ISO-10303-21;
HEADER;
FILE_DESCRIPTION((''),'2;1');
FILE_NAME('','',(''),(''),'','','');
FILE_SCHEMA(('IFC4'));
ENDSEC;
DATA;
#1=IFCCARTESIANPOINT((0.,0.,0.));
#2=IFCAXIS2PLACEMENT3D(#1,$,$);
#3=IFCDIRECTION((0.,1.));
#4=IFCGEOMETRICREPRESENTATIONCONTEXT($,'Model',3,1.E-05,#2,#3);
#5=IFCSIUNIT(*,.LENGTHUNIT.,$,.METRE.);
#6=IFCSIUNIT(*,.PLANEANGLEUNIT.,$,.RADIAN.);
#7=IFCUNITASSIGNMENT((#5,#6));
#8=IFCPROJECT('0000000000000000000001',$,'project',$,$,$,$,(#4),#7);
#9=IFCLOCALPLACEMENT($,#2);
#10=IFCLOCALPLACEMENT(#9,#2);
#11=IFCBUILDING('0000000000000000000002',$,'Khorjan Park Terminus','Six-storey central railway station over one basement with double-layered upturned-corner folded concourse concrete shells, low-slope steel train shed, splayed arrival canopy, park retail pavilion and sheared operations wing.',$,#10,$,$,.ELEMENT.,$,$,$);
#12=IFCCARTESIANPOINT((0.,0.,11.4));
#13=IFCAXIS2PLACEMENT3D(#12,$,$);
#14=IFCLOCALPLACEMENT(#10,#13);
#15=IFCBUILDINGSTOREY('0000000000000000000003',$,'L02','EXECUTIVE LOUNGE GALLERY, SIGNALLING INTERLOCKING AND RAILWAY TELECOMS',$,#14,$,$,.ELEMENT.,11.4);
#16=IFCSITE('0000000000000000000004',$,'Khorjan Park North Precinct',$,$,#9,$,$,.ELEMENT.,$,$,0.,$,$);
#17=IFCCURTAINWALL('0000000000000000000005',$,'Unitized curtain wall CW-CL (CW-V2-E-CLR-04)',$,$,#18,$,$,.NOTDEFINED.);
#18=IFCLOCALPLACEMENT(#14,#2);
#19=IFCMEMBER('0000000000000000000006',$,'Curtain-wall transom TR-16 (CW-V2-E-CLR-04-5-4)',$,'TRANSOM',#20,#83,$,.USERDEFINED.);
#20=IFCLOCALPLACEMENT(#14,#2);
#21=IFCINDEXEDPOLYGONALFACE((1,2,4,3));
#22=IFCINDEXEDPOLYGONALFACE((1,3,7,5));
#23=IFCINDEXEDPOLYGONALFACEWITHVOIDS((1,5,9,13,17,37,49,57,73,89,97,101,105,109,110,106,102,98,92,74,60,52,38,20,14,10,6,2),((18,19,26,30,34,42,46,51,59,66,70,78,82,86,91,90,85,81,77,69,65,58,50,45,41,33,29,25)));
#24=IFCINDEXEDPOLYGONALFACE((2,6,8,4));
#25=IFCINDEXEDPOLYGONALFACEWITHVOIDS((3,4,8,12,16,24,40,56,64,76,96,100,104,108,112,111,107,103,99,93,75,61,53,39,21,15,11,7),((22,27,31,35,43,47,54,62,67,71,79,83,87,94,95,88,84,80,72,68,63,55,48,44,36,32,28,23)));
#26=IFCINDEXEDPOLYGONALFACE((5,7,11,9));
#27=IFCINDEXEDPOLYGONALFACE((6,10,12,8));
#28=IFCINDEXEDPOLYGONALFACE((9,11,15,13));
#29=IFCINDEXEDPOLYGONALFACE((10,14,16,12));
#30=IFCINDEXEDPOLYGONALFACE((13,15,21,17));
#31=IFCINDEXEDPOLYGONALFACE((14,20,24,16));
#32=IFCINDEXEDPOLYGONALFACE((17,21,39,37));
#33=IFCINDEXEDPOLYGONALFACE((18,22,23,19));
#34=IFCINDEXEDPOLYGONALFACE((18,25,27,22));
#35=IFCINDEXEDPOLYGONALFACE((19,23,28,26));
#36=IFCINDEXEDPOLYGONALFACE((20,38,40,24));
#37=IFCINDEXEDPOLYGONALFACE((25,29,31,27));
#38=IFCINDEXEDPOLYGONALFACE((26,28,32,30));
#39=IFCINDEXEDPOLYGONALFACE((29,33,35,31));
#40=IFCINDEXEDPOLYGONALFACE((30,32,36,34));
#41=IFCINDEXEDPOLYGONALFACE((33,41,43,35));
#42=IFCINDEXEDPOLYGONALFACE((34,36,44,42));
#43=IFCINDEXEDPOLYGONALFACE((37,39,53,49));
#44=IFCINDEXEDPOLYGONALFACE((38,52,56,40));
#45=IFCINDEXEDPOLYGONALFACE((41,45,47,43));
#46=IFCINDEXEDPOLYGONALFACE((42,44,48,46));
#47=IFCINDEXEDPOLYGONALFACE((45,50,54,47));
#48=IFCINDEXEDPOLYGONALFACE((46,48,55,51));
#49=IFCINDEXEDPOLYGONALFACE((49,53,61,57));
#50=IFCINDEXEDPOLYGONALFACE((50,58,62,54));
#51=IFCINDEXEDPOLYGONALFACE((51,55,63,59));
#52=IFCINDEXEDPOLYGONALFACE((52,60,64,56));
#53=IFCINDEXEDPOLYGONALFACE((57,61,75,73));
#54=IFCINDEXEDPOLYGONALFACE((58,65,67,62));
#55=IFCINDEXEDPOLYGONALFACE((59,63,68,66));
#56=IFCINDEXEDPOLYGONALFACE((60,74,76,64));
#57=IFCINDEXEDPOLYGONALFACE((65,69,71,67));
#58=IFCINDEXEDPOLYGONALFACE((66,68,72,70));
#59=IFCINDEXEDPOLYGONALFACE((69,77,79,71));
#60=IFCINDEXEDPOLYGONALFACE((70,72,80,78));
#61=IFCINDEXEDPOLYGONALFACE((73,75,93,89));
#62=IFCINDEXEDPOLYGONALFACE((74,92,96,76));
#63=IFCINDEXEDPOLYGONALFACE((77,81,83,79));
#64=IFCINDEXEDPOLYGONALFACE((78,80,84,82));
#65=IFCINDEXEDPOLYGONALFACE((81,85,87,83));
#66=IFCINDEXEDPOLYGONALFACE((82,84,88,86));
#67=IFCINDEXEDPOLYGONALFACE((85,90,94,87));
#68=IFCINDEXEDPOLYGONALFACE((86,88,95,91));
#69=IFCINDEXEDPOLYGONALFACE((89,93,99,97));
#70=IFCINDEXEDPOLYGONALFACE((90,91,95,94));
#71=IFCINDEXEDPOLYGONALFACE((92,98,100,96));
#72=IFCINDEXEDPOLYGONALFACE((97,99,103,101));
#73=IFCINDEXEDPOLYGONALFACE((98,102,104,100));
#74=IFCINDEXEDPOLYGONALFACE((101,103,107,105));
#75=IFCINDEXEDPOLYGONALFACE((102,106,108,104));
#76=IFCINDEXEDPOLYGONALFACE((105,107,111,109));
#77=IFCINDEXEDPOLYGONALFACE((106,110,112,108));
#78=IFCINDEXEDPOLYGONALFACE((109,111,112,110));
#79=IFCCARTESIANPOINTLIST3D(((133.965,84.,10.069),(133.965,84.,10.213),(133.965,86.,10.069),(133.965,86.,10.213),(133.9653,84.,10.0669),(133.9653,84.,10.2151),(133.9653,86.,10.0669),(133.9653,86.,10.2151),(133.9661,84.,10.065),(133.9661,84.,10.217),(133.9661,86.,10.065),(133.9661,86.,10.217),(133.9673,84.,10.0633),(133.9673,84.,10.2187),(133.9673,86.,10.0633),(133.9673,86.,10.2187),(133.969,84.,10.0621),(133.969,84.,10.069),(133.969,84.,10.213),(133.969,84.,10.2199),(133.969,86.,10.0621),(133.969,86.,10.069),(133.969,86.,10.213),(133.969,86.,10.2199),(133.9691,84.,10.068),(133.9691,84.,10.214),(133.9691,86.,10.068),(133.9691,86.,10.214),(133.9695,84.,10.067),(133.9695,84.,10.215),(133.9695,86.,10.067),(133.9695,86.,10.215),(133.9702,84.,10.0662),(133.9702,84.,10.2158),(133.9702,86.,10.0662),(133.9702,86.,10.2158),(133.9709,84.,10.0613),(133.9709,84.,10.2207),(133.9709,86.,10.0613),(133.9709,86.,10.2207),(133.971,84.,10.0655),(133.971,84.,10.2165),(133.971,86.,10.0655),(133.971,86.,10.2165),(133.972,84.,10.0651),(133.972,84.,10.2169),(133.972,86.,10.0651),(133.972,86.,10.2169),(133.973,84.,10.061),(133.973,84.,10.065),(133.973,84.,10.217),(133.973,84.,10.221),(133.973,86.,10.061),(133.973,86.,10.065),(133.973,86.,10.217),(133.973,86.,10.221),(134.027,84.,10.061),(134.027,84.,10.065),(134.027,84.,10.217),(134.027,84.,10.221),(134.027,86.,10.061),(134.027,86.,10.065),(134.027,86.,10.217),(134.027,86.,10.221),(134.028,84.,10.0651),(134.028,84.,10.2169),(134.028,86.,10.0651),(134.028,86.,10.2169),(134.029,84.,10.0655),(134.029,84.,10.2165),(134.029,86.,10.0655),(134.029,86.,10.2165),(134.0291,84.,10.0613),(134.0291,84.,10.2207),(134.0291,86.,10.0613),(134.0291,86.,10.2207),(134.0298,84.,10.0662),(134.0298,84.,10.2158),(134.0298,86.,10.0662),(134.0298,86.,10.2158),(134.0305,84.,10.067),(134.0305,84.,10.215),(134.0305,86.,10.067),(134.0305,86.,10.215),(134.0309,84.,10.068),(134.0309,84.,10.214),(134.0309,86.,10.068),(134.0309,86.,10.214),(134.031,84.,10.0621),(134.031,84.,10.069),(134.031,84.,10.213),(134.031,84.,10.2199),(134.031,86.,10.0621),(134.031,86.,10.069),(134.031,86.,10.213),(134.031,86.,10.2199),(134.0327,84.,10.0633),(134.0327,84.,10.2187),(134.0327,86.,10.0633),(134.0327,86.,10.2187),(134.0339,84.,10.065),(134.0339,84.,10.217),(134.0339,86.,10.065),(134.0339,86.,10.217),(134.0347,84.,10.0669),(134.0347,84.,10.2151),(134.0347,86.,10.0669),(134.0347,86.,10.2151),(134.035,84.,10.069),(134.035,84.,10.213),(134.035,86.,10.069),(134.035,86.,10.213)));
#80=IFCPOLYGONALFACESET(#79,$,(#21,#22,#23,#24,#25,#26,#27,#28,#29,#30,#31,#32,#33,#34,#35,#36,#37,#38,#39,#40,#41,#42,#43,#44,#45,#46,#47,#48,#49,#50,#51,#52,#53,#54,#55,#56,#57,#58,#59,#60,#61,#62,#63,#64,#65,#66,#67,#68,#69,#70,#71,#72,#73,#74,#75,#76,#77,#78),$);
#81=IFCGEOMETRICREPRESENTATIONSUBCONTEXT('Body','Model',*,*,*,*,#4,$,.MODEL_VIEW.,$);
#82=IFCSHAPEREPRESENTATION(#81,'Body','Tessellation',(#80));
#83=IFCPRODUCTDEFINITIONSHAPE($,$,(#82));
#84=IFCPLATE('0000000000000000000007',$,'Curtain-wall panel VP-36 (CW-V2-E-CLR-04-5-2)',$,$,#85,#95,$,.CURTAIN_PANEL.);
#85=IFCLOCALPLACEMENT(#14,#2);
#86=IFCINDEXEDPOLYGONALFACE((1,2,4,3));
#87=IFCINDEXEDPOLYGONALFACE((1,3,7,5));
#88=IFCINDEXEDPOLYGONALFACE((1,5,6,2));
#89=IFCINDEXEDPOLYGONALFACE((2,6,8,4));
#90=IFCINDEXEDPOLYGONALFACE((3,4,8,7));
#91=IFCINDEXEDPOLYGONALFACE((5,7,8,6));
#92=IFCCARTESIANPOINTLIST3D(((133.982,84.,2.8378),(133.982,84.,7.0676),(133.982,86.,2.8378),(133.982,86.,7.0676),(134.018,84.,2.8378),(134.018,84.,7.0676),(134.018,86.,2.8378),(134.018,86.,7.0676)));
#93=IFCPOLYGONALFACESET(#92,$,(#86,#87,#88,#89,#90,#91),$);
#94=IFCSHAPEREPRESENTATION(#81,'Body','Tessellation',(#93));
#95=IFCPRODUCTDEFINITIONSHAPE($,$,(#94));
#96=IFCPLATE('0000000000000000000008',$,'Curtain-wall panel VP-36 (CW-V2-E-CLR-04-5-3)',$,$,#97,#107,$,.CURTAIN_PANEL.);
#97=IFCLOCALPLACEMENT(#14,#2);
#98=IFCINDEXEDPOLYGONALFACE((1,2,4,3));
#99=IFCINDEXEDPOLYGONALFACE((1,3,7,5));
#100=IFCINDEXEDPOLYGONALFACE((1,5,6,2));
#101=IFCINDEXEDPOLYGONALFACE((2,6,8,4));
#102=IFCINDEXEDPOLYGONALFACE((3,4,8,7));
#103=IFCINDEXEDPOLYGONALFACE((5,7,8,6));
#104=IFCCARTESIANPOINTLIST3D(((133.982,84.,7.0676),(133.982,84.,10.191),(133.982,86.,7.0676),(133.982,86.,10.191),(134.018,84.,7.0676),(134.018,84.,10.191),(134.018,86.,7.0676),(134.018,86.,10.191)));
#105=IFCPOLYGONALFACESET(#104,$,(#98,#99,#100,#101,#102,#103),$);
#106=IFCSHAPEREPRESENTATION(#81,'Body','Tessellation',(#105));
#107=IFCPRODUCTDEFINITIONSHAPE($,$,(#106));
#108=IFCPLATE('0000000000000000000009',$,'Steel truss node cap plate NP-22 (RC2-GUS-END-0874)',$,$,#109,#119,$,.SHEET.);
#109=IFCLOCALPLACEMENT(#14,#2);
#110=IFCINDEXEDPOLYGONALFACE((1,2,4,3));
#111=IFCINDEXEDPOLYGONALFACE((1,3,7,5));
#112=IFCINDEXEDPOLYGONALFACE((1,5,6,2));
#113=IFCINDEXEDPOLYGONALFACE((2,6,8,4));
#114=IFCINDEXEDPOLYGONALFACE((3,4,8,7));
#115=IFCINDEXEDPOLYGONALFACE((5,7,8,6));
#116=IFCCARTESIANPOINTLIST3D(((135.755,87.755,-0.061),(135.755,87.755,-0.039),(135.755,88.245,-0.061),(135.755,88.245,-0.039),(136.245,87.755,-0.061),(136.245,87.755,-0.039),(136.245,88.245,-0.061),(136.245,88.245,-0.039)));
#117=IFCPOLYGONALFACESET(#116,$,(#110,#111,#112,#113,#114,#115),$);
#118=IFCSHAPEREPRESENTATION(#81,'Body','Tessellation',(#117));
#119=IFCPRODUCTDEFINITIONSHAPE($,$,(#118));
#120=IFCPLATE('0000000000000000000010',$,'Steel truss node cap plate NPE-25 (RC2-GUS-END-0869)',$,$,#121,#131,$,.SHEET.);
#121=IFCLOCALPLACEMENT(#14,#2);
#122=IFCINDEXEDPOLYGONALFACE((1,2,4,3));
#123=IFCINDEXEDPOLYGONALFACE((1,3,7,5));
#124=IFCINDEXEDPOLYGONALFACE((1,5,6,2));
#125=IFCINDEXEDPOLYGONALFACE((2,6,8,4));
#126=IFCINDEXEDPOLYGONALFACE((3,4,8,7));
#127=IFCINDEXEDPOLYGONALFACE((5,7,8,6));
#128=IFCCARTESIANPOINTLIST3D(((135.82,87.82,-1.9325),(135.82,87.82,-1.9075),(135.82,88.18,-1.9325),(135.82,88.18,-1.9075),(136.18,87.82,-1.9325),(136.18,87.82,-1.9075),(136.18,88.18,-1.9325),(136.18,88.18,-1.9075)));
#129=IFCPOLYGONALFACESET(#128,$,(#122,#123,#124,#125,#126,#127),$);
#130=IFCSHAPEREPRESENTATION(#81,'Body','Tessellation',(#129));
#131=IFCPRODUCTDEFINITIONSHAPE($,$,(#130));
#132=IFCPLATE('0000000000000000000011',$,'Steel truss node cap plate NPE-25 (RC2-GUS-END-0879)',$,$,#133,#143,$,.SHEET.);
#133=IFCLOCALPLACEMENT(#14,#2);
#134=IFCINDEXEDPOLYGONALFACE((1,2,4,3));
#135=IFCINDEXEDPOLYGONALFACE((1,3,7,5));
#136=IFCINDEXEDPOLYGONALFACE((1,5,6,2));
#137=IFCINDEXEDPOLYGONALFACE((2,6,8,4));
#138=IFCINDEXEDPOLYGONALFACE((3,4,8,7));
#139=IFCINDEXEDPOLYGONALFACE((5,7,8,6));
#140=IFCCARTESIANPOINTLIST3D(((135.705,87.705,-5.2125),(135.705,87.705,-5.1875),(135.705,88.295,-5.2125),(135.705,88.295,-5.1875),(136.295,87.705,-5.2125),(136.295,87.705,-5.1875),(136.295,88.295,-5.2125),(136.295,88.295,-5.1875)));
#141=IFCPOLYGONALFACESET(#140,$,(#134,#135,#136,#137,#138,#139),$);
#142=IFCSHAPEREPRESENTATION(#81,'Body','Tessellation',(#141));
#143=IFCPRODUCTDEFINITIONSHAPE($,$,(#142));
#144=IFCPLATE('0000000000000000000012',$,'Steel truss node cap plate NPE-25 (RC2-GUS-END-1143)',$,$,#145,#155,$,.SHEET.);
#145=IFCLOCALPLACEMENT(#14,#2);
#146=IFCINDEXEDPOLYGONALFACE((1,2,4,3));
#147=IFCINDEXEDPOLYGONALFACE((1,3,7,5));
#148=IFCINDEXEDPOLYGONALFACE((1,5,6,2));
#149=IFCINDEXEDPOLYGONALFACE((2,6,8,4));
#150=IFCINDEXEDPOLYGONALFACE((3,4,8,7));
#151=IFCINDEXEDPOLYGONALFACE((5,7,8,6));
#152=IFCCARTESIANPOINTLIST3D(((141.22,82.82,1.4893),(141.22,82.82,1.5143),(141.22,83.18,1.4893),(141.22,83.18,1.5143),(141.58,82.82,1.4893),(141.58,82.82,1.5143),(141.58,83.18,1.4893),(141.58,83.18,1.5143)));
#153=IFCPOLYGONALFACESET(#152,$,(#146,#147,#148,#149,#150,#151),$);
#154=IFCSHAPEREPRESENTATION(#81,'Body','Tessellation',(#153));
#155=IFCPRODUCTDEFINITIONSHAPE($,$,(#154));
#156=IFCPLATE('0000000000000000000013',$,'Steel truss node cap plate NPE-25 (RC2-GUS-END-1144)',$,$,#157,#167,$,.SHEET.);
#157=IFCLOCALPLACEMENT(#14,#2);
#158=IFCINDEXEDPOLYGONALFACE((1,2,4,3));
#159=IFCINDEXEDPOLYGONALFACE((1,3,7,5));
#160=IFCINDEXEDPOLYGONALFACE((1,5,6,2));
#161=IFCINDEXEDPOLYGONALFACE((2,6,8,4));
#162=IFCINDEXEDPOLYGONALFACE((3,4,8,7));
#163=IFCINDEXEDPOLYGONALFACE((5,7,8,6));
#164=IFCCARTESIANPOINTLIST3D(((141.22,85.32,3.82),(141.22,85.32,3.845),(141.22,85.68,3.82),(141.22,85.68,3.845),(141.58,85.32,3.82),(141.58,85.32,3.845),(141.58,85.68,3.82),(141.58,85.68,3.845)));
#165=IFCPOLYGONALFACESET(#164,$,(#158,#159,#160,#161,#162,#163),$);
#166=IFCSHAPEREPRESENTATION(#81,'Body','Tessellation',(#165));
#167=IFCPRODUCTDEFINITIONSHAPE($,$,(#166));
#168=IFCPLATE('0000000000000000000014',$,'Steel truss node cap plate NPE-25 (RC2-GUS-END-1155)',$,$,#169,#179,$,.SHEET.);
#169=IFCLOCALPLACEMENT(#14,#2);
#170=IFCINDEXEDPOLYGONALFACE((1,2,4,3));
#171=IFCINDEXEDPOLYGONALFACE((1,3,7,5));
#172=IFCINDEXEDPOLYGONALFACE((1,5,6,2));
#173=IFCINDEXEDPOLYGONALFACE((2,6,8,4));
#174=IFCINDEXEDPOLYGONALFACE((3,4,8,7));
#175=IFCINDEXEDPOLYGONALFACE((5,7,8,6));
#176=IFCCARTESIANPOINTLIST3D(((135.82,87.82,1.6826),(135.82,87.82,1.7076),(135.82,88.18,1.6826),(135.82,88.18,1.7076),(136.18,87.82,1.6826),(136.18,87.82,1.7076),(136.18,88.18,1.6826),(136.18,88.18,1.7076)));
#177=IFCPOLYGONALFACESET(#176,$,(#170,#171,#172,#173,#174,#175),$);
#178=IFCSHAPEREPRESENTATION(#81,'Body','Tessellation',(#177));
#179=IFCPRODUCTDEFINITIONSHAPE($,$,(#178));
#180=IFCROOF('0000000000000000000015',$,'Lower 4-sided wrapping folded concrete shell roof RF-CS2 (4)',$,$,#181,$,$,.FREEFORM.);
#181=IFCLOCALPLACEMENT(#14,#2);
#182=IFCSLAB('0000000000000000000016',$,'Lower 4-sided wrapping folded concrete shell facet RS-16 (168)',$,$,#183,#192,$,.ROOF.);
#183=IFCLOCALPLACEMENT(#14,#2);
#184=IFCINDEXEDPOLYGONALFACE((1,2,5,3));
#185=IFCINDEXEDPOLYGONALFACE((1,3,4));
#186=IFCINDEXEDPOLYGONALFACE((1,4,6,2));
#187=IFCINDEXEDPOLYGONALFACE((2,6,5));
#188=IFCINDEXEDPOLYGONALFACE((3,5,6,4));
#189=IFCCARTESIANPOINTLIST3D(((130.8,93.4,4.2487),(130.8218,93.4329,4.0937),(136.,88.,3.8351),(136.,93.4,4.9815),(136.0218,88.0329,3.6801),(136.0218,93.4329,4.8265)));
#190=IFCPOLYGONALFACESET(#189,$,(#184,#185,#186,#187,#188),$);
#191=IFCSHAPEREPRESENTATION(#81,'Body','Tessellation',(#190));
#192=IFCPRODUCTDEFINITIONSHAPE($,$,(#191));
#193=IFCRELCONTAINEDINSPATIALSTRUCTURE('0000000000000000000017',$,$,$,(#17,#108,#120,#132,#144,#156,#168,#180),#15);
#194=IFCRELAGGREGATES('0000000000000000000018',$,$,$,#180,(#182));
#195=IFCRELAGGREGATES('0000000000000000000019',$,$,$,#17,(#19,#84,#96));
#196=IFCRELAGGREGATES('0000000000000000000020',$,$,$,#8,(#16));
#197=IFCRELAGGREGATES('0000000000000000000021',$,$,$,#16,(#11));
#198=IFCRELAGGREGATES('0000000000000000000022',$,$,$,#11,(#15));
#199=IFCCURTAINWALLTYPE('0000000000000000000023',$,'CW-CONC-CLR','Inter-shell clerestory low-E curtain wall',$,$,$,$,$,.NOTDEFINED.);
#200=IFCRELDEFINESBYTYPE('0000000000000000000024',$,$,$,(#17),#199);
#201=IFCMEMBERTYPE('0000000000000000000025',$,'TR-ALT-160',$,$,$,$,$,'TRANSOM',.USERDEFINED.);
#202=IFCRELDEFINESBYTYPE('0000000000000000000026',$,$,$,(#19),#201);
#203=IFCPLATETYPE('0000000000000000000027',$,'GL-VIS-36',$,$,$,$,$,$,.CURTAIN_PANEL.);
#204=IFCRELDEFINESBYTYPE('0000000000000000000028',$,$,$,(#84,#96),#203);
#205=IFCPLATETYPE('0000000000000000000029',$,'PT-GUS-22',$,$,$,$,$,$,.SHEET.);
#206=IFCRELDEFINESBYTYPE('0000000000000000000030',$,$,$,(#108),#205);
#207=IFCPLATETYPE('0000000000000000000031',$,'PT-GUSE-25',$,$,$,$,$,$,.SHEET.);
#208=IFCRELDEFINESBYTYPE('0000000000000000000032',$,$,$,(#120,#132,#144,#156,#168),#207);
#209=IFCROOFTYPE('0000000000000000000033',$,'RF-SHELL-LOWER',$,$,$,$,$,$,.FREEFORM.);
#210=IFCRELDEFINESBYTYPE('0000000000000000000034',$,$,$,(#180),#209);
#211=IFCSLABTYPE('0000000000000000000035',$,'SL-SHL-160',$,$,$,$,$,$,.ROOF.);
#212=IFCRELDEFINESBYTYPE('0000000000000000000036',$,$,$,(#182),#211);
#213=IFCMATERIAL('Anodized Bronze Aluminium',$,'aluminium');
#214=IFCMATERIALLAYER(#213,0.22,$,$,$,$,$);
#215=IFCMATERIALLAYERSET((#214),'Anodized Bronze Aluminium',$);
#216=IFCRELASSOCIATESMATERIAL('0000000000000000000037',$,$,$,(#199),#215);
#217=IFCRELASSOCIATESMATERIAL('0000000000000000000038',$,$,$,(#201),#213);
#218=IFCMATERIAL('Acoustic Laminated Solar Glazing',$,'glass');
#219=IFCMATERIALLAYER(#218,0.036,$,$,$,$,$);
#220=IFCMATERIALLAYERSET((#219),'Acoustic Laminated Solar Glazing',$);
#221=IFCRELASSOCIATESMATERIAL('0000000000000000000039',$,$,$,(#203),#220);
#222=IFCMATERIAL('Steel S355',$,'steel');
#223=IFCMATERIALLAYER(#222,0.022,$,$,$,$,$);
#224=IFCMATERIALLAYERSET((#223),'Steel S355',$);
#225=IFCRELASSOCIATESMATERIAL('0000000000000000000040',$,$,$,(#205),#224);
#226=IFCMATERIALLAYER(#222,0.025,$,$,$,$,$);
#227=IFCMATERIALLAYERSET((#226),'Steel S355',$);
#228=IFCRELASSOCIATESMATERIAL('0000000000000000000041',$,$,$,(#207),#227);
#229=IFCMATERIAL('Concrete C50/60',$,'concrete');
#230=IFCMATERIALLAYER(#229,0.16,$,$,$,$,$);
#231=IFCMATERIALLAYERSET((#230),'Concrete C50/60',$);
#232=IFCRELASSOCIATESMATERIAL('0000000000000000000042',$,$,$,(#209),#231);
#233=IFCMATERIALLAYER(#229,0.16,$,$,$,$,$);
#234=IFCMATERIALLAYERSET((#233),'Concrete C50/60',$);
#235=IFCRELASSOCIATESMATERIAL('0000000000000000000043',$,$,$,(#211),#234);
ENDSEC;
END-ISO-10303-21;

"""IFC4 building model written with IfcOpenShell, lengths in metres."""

from ifc_helpers import new_model, si_unit, direction, frame, origin, origin_2d, place, context, subcontext, project, spatial, polyline, rectangle, hollow_rectangle, outline, extrude, material, layer, layer_set, material_profile, profile_set, type_object, element, aggregate, save


model = new_model("IFC4")

# Units and contexts
model_context = context("Model", 3, precision=1e-05, world=origin(), true_north=direction((0.0, 1.0)))
body_context = subcontext(model_context, "Body", "Model", "MODEL_VIEW")
ifc_project = project(units=[si_unit("LENGTHUNIT", "METRE"), si_unit("PLANEANGLEUNIT", "RADIAN")], contexts=[model_context])

# Site, building, storey
site_placement = place(None, origin())
site = spatial("IfcSite", under=ifc_project, at=site_placement, Name="Khorjan Park North Precinct", CompositionType="ELEMENT", RefElevation=0.0)
building_placement = place(site_placement, origin())
building = spatial("IfcBuilding", under=site, at=building_placement, Name="Khorjan Park Terminus", Description="Six-storey central railway station over one basement with double-layered upturned-corner folded concourse concrete shells, low-slope steel train shed, splayed arrival canopy, park retail pavilion and sheared operations wing.", CompositionType="ELEMENT")
storey_placement = place(building_placement, frame((0.0, 0.0, 11.4)))
storey = spatial("IfcBuildingStorey", under=building, at=storey_placement, Name="L02", Description="EXECUTIVE LOUNGE GALLERY, SIGNALLING INTERLOCKING AND RAILWAY TELECOMS", CompositionType="ELEMENT", Elevation=11.4)

# Shared definitions
ifc_material_1 = material(Name="Concrete C50/60", Category="concrete")

# Shared definitions
ifc_material_2 = material(Name="Steel S355", Category="steel")

# Curtain wall
ifc_material_3 = material(Name="Anodized Bronze Aluminium", Category="aluminium")
ifc_layer_1 = layer(ifc_material_3, 0.22)
ifc_layer_set_1 = layer_set([ifc_layer_1], Name="Anodized Bronze Aluminium")
curtain_wall_type = type_object("IfcCurtainWallType", Name="CW-CONC-CLR", Description="Inter-shell clerestory low-E curtain wall", PredefinedType="NOTDEFINED", material=ifc_layer_set_1)
curtain_wall_1_placement = place(storey_placement, origin())
curtain_wall_1 = element("IfcCurtainWall", 1, at=curtain_wall_1_placement, inside=storey, type_object=curtain_wall_type, Name="Unitized curtain wall CW-CL (CW-V2-E-CLR-04)", PredefinedType="NOTDEFINED")

# Member
ifc_material_profile_1 = material_profile(ifc_material_3, hollow_rectangle(XDim=0.07, YDim=0.16, WallThickness=0.004, InnerFilletRadius=0.004, OuterFilletRadius=0.008, at=origin_2d()), Name="ALT 70x160x4")
ifc_profile_set_1 = profile_set([ifc_material_profile_1], Name="Anodized Bronze Aluminium")
member_type_1 = type_object("IfcMemberType", Name="TR-ALT-160", ElementType="TRANSOM", PredefinedType="USERDEFINED", material=ifc_profile_set_1)
member_1_placement = place(storey_placement, frame((134.0, 84.0, 10.141), z_axis=(0.0, 1.0, 0.0), x_axis=(-1.0, 0.0, 0.0)))
member_1 = element("IfcMember", 2, at=member_1_placement, type_object=member_type_1, Name="Curtain-wall transom TR-16 (CW-V2-E-CLR-04-5-4)", ObjectType="TRANSOM", PredefinedType="USERDEFINED", context=body_context, shape_type="SweptSolid", body=[
    extrude(hollow_rectangle(XDim=0.07, YDim=0.16, WallThickness=0.004, InnerFilletRadius=0.004, OuterFilletRadius=0.008, at=origin_2d()), origin(), (0.0, 0.0, 1.0), 2.0),
])

# Plates
ifc_material_4 = material(Name="Acoustic Laminated Solar Glazing", Category="glass")
ifc_layer_2 = layer(ifc_material_4, 0.036)
ifc_layer_set_2 = layer_set([ifc_layer_2], Name="Acoustic Laminated Solar Glazing")
plate_type_1 = type_object("IfcPlateType", Name="GL-VIS-36", PredefinedType="CURTAIN_PANEL", material=ifc_layer_set_2)
plate_1_placement = place(storey_placement, frame((134.0, 85.0, 2.8378), z_axis=(0.0, 0.0, 1.0), x_axis=(0.0, 1.0, 0.0)))
plate_1 = element("IfcPlate", 3, at=plate_1_placement, type_object=plate_type_1, Name="Curtain-wall panel VP-36 (CW-V2-E-CLR-04-5-2)", PredefinedType="CURTAIN_PANEL", context=body_context, shape_type="SweptSolid", body=[
    extrude(rectangle(XDim=2.0, YDim=0.036, at=origin_2d()), origin(), (0.0, 0.0, 1.0), 4.2298),
])
plate_2_placement = place(storey_placement, frame((134.0, 85.0, 7.0676), z_axis=(0.0, 0.0, 1.0), x_axis=(0.0, 1.0, 0.0)))
plate_2 = element("IfcPlate", 4, at=plate_2_placement, type_object=plate_type_1, Name="Curtain-wall panel VP-36 (CW-V2-E-CLR-04-5-3)", PredefinedType="CURTAIN_PANEL", context=body_context, shape_type="SweptSolid", body=[
    extrude(rectangle(XDim=2.0, YDim=0.036, at=origin_2d()), origin(), (0.0, 0.0, 1.0), 3.1234),
])

# Plates
ifc_layer_3 = layer(ifc_material_2, 0.022)
ifc_layer_set_3 = layer_set([ifc_layer_3], Name="Steel S355")
plate_type_2 = type_object("IfcPlateType", Name="PT-GUS-22", PredefinedType="SHEET", material=ifc_layer_set_3)
plate_3_placement = place(storey_placement, frame((136.0, 88.0, -0.061), z_axis=(0.0, 0.0, 1.0), x_axis=(1.0, 0.0, 0.0)))
element("IfcPlate", 5, at=plate_3_placement, inside=storey, type_object=plate_type_2, Name="Steel truss node cap plate NP-22 (RC2-GUS-END-0874)", PredefinedType="SHEET", context=body_context, shape_type="SweptSolid", body=[
    extrude(rectangle(XDim=0.49, YDim=0.49, at=origin_2d()), origin(), (0.0, 0.0, 1.0), 0.022),
])
ifc_layer_4 = layer(ifc_material_2, 0.025)
ifc_layer_set_4 = layer_set([ifc_layer_4], Name="Steel S355")
plate_type_3 = type_object("IfcPlateType", Name="PT-GUSE-25", PredefinedType="SHEET", material=ifc_layer_set_4)
plate_4_placement = place(storey_placement, frame((136.0, 88.0, -1.9325), z_axis=(0.0, 0.0, 1.0), x_axis=(1.0, 0.0, 0.0)))
element("IfcPlate", 6, at=plate_4_placement, inside=storey, type_object=plate_type_3, Name="Steel truss node cap plate NPE-25 (RC2-GUS-END-0869)", PredefinedType="SHEET", context=body_context, shape_type="SweptSolid", body=[
    extrude(rectangle(XDim=0.36, YDim=0.36, at=origin_2d()), origin(), (0.0, 0.0, 1.0), 0.025),
])
plate_5_placement = place(storey_placement, frame((136.0, 88.0, -5.2125), z_axis=(0.0, 0.0, 1.0), x_axis=(1.0, 0.0, 0.0)))
element("IfcPlate", 7, at=plate_5_placement, inside=storey, type_object=plate_type_3, Name="Steel truss node cap plate NPE-25 (RC2-GUS-END-0879)", PredefinedType="SHEET", context=body_context, shape_type="SweptSolid", body=[
    extrude(rectangle(XDim=0.59, YDim=0.59, at=origin_2d()), origin(), (0.0, 0.0, 1.0), 0.025),
])
for number, where, z_axis, x_axis, name in (
    (8, (141.4, 83.0, 1.4893), (0.0, 0.0, 1.0), (1.0, 0.0, 0.0), "Steel truss node cap plate NPE-25 (RC2-GUS-END-1143)"),
    (9, (141.4, 85.5, 3.82), (0.0, 0.0, 1.0), (1.0, 0.0, 0.0), "Steel truss node cap plate NPE-25 (RC2-GUS-END-1144)"),
    (10, (136.0, 88.0, 1.6826), (0.0, 0.0, 1.0), (1.0, 0.0, 0.0), "Steel truss node cap plate NPE-25 (RC2-GUS-END-1155)"),
):
    element("IfcPlate", number, at=place(storey_placement, frame(where, z_axis=z_axis, x_axis=x_axis)), inside=storey, type_object=plate_type_3, Name=name, PredefinedType="SHEET", context=body_context, shape_type="SweptSolid", body=[
        extrude(rectangle(XDim=0.36, YDim=0.36, at=origin_2d()), origin(), (0.0, 0.0, 1.0), 0.025),
    ])

# Roof, slab
ifc_layer_5 = layer(ifc_material_1, 0.16)
ifc_layer_set_5 = layer_set([ifc_layer_5], Name="Concrete C50/60")
roof_type = type_object("IfcRoofType", Name="RF-SHELL-LOWER", PredefinedType="FREEFORM", material=ifc_layer_set_5)
roof_placement = place(storey_placement, origin())
roof = element("IfcRoof", 11, at=roof_placement, inside=storey, type_object=roof_type, Name="Lower 4-sided wrapping folded concrete shell roof RF-CS2 (4)", PredefinedType="FREEFORM")
ifc_layer_6 = layer(ifc_material_1, 0.16)
ifc_layer_set_6 = layer_set([ifc_layer_6], Name="Concrete C50/60")
slab_type = type_object("IfcSlabType", Name="SL-SHL-160", PredefinedType="ROOF", material=ifc_layer_set_6)
slab_1_placement = place(storey_placement, frame((136.0, 88.0, 3.8351), z_axis=(-0.136559, -0.205723, 0.969035), x_axis=(0.0, 0.978199, 0.207668)))
slab_1 = element("IfcSlab", 12, at=slab_1_placement, type_object=slab_type, Name="Lower 4-sided wrapping folded concrete shell facet RS-16 (168)", PredefinedType="ROOF", context=body_context, shape_type="SweptSolid", body=[
    extrude(outline(polyline([(0.0, 0.0), (5.5203, 0.0), (5.3682, 5.2492), (0.0, 0.0)])), origin(), (0.0, 0.0, -1.0), 0.16),
])
aggregate(roof, [slab_1])

aggregate(curtain_wall_1, [member_1, plate_1, plate_2])

save(model, "model.ifc")
